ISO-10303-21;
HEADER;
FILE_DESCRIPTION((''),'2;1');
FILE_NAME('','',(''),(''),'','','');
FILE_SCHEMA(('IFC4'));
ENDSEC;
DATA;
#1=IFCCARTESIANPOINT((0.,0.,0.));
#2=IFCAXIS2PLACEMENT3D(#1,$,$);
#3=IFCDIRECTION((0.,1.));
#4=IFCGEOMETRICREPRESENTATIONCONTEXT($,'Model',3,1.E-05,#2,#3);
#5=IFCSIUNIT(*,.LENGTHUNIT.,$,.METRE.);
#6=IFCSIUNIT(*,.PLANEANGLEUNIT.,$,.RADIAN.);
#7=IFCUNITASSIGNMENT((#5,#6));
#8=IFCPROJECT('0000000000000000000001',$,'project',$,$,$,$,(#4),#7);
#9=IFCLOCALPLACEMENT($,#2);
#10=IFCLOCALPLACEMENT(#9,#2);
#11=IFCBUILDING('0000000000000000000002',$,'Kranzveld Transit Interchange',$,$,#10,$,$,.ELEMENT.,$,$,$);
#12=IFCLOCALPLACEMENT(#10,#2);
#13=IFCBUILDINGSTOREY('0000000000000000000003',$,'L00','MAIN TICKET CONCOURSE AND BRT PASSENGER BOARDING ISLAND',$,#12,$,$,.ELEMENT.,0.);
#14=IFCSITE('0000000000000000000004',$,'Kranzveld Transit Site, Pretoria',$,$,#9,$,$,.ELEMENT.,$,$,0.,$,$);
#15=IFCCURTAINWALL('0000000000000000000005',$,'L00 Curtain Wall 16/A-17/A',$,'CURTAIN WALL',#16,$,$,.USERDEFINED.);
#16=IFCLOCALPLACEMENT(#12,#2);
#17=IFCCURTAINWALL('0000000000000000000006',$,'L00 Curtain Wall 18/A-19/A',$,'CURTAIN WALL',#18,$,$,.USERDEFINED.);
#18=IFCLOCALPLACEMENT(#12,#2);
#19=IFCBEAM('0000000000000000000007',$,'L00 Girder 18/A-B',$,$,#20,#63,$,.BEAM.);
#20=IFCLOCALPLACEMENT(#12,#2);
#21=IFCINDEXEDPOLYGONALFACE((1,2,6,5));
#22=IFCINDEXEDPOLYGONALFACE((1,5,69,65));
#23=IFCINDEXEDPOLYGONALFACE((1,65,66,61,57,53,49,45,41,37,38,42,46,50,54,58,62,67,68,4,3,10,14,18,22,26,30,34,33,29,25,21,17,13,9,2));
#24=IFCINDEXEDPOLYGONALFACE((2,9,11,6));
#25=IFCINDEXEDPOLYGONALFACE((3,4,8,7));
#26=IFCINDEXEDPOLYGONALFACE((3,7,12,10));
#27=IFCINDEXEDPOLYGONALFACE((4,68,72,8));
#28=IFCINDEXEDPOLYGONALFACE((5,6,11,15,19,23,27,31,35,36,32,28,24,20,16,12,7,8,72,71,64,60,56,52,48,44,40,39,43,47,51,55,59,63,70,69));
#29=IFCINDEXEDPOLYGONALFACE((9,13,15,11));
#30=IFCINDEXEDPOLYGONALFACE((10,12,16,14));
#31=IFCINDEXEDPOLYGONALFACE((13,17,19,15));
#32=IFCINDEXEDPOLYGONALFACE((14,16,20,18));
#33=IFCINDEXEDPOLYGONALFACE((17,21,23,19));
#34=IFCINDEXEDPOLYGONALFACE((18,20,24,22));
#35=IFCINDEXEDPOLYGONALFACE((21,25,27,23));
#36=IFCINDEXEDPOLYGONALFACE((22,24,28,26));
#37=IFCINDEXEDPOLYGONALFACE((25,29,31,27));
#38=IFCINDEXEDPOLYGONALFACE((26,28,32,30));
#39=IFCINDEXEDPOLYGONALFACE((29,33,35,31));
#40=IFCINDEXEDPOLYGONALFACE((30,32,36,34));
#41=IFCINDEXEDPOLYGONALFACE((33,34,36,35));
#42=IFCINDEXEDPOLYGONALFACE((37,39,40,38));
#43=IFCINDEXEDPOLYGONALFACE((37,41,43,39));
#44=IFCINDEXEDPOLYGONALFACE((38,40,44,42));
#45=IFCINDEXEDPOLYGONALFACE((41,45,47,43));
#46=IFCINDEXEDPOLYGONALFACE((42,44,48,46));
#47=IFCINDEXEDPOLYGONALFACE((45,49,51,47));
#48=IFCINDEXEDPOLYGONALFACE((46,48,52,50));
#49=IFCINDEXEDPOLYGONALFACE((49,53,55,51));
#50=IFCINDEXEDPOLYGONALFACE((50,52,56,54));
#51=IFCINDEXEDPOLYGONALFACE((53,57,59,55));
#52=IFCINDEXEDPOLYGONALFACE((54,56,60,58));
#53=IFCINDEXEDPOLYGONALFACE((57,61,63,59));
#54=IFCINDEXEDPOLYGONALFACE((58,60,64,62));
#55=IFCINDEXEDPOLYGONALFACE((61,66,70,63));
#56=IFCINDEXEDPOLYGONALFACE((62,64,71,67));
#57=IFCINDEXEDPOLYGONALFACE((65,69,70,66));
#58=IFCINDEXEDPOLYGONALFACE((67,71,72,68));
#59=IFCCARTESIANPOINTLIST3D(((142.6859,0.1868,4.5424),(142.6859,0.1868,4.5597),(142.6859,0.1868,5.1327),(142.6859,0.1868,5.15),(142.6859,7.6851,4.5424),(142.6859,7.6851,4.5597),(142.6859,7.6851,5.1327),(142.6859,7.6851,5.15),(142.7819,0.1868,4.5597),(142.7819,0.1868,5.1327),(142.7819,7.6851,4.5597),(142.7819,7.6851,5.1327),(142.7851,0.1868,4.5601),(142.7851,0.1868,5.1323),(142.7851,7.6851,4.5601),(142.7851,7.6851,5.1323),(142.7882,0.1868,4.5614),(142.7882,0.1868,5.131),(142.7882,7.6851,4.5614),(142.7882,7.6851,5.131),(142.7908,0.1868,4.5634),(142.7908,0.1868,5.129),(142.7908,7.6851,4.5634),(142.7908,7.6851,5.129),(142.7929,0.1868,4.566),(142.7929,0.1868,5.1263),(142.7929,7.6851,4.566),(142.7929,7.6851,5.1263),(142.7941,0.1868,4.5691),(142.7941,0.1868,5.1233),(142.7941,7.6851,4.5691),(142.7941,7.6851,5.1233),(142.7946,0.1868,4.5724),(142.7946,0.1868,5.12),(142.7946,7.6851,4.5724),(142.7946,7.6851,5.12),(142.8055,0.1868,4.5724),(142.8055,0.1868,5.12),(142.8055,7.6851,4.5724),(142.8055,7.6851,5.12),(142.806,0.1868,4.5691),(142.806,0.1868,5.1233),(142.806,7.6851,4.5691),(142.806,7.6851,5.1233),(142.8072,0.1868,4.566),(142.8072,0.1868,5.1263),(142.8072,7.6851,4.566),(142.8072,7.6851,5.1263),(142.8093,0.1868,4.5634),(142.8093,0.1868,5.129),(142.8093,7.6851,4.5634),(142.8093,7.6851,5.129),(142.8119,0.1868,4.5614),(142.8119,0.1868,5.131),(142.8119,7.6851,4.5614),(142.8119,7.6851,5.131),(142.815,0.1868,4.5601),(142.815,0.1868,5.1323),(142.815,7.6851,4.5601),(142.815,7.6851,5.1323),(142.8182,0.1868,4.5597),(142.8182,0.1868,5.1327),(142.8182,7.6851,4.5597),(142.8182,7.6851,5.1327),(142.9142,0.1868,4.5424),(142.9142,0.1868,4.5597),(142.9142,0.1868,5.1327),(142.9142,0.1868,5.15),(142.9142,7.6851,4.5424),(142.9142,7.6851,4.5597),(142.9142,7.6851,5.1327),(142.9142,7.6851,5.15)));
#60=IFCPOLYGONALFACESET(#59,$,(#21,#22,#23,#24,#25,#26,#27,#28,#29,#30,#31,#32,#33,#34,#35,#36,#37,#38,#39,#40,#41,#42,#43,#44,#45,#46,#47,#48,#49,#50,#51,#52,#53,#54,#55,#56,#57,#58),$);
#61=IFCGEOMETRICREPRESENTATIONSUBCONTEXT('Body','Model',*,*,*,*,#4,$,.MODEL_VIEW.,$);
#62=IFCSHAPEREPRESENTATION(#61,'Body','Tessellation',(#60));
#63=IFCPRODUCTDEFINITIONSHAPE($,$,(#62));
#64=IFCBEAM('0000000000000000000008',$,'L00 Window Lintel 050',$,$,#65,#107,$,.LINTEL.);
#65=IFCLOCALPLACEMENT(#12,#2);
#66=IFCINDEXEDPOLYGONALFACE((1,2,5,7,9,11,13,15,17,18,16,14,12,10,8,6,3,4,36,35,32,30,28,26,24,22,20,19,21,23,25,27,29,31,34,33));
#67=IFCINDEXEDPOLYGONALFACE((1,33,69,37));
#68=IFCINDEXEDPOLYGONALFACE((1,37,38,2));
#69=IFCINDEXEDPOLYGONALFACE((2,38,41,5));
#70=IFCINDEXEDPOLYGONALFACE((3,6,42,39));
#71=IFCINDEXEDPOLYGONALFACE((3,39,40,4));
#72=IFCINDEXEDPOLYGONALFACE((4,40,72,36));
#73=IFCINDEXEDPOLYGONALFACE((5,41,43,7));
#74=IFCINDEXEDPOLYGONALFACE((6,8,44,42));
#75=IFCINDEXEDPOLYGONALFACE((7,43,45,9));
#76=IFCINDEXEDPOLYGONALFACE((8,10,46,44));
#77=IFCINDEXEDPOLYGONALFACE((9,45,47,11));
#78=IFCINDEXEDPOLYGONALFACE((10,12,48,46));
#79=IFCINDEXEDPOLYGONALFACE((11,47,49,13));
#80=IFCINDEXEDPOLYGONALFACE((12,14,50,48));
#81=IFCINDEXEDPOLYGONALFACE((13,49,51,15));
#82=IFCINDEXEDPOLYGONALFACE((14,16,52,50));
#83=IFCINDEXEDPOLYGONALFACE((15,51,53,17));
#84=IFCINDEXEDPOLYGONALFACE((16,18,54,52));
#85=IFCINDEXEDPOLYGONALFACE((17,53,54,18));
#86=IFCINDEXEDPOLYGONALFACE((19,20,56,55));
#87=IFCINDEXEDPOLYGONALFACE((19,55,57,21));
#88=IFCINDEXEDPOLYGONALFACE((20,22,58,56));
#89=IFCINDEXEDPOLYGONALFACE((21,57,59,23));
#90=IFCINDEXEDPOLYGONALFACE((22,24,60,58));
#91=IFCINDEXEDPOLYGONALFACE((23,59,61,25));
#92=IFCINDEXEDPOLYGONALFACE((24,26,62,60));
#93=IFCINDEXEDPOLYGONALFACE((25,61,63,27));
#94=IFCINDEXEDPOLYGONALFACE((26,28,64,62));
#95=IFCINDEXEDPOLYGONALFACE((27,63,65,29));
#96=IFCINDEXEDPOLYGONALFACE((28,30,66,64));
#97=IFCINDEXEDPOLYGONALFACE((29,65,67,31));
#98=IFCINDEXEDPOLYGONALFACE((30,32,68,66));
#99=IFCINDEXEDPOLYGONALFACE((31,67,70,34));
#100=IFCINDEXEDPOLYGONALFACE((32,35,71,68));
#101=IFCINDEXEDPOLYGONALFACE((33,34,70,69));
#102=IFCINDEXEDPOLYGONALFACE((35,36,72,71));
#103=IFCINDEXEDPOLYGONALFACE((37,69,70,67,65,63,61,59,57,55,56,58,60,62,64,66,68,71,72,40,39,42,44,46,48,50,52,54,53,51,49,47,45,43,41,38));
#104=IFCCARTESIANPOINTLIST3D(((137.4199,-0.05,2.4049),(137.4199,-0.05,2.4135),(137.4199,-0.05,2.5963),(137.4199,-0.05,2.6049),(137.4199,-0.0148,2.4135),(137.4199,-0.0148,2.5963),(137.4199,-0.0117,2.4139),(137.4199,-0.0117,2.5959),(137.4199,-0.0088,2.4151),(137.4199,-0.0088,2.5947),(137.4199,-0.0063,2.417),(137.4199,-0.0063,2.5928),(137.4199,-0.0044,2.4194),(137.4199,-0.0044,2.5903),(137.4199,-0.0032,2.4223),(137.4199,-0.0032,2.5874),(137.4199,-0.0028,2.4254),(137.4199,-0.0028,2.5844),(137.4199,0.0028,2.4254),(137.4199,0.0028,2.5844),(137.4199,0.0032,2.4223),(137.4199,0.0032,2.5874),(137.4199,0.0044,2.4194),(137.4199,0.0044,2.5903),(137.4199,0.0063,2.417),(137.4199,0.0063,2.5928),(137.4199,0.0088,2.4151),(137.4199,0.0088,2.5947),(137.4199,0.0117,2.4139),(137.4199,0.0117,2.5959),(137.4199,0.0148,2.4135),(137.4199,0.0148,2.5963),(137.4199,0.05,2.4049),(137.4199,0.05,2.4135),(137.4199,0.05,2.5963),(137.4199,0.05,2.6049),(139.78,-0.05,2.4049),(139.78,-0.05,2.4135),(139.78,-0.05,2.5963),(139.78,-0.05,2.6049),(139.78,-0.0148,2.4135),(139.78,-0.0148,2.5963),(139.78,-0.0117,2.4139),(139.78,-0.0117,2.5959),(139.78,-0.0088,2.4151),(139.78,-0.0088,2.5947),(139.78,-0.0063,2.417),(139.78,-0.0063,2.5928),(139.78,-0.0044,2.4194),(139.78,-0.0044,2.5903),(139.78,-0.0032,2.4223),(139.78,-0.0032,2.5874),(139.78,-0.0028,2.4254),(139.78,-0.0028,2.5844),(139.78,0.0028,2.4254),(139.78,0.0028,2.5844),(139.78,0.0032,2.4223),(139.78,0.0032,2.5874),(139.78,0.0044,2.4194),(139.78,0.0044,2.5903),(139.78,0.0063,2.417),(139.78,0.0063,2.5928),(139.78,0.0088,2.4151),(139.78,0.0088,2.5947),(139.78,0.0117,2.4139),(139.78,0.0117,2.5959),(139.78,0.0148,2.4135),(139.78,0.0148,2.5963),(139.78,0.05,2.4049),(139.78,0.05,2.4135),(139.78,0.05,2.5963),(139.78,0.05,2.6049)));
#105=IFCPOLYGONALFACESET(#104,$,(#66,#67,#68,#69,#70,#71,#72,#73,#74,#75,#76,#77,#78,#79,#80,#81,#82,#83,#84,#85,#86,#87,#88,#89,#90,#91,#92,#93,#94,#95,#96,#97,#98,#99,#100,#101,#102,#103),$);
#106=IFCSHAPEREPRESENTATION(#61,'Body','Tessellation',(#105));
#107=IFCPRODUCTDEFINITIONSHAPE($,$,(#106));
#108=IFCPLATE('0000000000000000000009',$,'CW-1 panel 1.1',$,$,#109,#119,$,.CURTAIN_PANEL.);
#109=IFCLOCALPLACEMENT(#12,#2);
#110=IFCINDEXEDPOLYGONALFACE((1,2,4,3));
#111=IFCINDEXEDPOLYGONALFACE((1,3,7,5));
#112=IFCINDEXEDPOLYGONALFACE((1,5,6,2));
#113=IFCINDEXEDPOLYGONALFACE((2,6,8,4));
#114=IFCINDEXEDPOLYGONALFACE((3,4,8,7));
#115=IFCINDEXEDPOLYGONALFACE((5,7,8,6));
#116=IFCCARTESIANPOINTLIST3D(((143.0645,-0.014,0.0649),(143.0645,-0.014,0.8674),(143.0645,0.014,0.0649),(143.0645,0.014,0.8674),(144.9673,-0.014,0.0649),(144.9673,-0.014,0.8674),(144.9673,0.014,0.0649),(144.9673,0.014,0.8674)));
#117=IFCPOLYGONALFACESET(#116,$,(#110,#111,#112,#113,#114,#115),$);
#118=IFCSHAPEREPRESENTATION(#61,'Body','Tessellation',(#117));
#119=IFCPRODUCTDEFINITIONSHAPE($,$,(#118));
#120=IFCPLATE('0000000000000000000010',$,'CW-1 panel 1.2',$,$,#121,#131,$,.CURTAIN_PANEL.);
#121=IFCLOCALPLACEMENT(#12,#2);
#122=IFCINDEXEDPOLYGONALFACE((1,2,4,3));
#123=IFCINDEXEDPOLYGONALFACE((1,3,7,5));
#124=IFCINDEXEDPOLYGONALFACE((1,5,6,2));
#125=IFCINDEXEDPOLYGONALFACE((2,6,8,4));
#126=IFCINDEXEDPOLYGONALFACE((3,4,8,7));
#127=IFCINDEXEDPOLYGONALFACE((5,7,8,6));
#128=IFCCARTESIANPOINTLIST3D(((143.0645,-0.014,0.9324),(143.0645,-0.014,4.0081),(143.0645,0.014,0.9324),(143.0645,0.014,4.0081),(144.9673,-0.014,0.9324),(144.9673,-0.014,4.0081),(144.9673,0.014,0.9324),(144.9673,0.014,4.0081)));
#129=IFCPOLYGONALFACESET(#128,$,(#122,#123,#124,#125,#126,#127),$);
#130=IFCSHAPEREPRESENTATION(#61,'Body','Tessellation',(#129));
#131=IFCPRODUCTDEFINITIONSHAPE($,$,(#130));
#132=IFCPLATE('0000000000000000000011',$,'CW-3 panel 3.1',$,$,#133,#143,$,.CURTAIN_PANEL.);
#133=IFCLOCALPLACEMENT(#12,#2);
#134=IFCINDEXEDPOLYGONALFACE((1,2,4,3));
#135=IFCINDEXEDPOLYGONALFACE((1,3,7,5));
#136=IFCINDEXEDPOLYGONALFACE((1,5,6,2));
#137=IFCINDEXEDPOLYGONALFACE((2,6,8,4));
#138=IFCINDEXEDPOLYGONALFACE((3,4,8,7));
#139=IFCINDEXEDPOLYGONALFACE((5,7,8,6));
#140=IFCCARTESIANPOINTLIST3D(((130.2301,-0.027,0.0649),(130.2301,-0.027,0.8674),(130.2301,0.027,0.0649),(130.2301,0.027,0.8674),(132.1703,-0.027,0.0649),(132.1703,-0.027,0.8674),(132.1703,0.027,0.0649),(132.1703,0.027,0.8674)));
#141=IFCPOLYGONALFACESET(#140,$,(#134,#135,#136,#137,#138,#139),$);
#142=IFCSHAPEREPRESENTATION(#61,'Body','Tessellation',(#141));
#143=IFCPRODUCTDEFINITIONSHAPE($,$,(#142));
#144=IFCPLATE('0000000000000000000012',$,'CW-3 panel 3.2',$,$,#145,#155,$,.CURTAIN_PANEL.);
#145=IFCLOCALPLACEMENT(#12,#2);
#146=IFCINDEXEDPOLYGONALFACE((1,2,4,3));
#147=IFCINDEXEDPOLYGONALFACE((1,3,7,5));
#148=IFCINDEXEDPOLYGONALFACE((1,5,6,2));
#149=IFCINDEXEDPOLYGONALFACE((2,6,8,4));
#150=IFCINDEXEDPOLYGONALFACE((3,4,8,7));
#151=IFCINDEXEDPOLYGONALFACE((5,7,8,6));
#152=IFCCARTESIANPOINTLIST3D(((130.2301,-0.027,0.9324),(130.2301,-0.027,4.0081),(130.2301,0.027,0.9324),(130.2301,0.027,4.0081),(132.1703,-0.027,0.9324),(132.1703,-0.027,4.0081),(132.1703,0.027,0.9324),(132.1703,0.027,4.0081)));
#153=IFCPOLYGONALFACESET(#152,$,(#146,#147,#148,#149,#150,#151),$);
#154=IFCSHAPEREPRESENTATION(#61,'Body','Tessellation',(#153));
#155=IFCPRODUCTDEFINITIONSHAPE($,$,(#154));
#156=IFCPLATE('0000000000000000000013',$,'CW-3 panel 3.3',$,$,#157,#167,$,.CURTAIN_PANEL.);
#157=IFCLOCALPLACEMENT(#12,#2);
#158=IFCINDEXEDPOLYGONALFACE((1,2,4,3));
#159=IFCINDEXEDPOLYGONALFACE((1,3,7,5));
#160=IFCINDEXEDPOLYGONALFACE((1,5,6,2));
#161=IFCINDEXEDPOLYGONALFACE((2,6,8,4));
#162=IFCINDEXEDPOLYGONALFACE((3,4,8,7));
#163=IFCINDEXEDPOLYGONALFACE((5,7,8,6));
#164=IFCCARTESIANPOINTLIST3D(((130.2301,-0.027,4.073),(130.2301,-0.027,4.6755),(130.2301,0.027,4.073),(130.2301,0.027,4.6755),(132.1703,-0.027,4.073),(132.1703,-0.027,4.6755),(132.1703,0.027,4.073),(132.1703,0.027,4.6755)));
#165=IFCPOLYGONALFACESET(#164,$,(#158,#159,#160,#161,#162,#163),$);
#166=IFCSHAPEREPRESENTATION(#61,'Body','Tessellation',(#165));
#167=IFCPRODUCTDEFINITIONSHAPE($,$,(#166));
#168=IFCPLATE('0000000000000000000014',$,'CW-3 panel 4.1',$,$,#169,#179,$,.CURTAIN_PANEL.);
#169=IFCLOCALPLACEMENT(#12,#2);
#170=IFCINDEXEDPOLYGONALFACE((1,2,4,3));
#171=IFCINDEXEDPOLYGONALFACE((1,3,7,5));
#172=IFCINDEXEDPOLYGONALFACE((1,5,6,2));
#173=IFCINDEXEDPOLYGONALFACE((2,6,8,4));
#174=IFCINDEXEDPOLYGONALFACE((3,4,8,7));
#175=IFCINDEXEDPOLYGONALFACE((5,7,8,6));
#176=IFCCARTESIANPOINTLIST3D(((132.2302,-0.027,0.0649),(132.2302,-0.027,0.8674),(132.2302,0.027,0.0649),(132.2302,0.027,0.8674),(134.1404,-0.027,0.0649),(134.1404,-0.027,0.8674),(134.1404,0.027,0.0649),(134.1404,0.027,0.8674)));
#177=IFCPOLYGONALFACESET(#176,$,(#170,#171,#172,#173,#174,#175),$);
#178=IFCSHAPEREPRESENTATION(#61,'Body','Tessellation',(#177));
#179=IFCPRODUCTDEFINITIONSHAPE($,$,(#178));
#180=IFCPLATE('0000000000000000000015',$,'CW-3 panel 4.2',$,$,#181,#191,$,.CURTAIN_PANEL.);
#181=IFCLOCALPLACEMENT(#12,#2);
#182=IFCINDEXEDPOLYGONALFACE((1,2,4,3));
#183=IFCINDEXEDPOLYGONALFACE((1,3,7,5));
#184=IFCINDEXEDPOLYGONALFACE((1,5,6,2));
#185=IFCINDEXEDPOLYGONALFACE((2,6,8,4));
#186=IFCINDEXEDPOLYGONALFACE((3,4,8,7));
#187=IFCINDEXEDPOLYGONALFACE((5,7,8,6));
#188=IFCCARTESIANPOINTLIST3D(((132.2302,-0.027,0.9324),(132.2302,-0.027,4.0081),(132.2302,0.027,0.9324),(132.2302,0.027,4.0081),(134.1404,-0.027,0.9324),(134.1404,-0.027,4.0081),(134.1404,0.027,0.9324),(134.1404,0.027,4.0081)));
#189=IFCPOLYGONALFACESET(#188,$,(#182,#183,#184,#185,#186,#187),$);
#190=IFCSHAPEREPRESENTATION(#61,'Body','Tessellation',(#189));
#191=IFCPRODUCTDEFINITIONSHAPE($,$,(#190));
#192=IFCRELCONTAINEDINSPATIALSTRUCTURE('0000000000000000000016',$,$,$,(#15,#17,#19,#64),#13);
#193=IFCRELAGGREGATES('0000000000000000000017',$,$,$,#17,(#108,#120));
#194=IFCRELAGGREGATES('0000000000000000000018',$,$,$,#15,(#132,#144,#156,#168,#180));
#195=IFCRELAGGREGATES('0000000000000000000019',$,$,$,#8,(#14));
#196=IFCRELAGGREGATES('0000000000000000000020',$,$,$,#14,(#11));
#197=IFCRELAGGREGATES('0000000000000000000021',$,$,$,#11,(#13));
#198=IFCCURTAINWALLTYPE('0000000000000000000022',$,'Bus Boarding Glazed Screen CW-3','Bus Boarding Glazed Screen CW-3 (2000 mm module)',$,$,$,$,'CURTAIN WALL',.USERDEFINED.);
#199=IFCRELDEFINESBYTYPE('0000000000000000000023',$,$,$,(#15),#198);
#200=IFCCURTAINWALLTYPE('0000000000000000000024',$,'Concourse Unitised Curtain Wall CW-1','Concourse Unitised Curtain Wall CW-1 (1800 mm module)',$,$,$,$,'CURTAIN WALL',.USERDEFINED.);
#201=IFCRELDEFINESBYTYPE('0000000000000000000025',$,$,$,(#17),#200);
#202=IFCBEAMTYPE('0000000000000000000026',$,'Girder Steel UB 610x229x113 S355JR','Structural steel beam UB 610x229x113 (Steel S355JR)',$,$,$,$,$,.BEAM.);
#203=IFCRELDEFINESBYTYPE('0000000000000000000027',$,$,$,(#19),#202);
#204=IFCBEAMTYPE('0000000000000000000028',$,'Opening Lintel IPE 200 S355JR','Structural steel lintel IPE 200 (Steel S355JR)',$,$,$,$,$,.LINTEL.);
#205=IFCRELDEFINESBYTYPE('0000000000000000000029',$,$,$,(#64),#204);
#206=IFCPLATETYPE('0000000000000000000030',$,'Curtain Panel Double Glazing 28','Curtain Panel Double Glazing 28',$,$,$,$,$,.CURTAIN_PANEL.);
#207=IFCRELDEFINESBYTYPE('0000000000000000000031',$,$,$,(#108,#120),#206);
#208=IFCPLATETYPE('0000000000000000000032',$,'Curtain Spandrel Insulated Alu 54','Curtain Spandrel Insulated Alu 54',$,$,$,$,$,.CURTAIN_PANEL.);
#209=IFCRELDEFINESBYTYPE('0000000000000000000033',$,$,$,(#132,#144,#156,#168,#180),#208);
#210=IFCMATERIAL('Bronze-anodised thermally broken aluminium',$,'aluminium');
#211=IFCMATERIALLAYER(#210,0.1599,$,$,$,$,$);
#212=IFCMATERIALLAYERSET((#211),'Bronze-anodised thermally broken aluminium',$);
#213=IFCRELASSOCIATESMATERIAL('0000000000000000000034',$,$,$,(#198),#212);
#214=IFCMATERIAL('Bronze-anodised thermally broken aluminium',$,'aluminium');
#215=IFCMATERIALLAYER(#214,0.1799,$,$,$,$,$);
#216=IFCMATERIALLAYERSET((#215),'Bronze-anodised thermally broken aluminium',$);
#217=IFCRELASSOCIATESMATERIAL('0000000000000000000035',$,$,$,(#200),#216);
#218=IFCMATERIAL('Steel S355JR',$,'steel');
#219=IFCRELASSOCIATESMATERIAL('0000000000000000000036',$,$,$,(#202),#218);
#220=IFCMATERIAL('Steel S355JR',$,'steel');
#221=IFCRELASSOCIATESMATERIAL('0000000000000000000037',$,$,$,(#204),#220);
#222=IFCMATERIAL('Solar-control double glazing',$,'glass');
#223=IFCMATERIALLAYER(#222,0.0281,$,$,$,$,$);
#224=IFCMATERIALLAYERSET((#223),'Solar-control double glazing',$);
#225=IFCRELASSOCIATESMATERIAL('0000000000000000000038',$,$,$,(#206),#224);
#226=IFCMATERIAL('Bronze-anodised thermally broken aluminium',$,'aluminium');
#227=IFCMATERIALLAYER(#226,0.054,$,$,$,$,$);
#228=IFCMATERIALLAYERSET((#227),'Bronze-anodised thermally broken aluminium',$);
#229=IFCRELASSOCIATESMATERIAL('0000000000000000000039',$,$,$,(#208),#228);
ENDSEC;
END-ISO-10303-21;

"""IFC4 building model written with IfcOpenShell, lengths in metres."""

from ifc_helpers import new_model, si_unit, direction, frame, origin, origin_2d, place, context, subcontext, project, spatial, rectangle, i_section, extrude, material, layer, layer_set, material_profile, profile_set, type_object, element, aggregate, save


model = new_model("IFC4")

# Units and contexts
model_context = context("Model", 3, precision=1e-05, world=origin(), true_north=direction((0.0, 1.0)))
body_context = subcontext(model_context, "Body", "Model", "MODEL_VIEW")
ifc_project = project(units=[si_unit("LENGTHUNIT", "METRE"), si_unit("PLANEANGLEUNIT", "RADIAN")], contexts=[model_context])

# Site, building, storey
site_placement = place(None, origin())
site = spatial("IfcSite", under=ifc_project, at=site_placement, Name="Kranzveld Transit Site, Pretoria", CompositionType="ELEMENT", RefElevation=0.0)
building_placement = place(site_placement, origin())
building = spatial("IfcBuilding", under=site, at=building_placement, Name="Kranzveld Transit Interchange", CompositionType="ELEMENT")
storey_placement = place(building_placement, origin())
storey = spatial("IfcBuildingStorey", under=building, at=storey_placement, Name="L00", Description="MAIN TICKET CONCOURSE AND BRT PASSENGER BOARDING ISLAND", CompositionType="ELEMENT", Elevation=0.0)

# Curtain wall
ifc_material_1 = material(Name="Bronze-anodised thermally broken aluminium", Category="aluminium")
ifc_layer_1 = layer(ifc_material_1, 0.1599)
ifc_layer_set_1 = layer_set([ifc_layer_1], Name="Bronze-anodised thermally broken aluminium")
curtain_wall_type_1 = type_object("IfcCurtainWallType", Name="Bus Boarding Glazed Screen CW-3", Description="Bus Boarding Glazed Screen CW-3 (2000 mm module)", ElementType="CURTAIN WALL", PredefinedType="USERDEFINED", material=ifc_layer_set_1)
curtain_wall_1_placement = place(storey_placement, origin())
curtain_wall_1 = element("IfcCurtainWall", 1, at=curtain_wall_1_placement, inside=storey, type_object=curtain_wall_type_1, Name="L00 Curtain Wall 16/A-17/A", ObjectType="CURTAIN WALL", PredefinedType="USERDEFINED")

# Curtain wall
ifc_material_2 = material(Name="Bronze-anodised thermally broken aluminium", Category="aluminium")
ifc_layer_2 = layer(ifc_material_2, 0.1799)
ifc_layer_set_2 = layer_set([ifc_layer_2], Name="Bronze-anodised thermally broken aluminium")
curtain_wall_type_2 = type_object("IfcCurtainWallType", Name="Concourse Unitised Curtain Wall CW-1", Description="Concourse Unitised Curtain Wall CW-1 (1800 mm module)", ElementType="CURTAIN WALL", PredefinedType="USERDEFINED", material=ifc_layer_set_2)
curtain_wall_2_placement = place(storey_placement, origin())
curtain_wall_2 = element("IfcCurtainWall", 2, at=curtain_wall_2_placement, inside=storey, type_object=curtain_wall_type_2, Name="L00 Curtain Wall 18/A-19/A", ObjectType="CURTAIN WALL", PredefinedType="USERDEFINED")

# Beams
ifc_material_3 = material(Name="Steel S355JR", Category="steel")
ifc_material_profile_1 = material_profile(ifc_material_3, i_section(OverallWidth=0.2283, OverallDepth=0.6077, WebThickness=0.011, FlangeThickness=0.0173, FilletRadius=0.0127, at=origin_2d()), Name="UB 610x229x113")
ifc_profile_set_1 = profile_set([ifc_material_profile_1], Name="Steel S355JR")
beam_type_1 = type_object("IfcBeamType", Name="Girder Steel UB 610x229x113 S355JR", Description="Structural steel beam UB 610x229x113 (Steel S355JR)", PredefinedType="BEAM", material=ifc_profile_set_1)
for number, where, z_axis, x_axis, name in (
    (3, (142.8, 0.1868, 4.8462), (0.0, 1.0, 0.0), (-1.0, 0.0, 0.0), "L00 Girder 18/A-B"),
):
    element("IfcBeam", number, at=place(storey_placement, frame(where, z_axis=z_axis, x_axis=x_axis)), inside=storey, type_object=beam_type_1, Name=name, PredefinedType="BEAM", context=body_context, shape_type="SweptSolid", body=[
        extrude(i_section(OverallWidth=0.2283, OverallDepth=0.6077, WebThickness=0.011, FlangeThickness=0.0173, FilletRadius=0.0127, at=origin_2d()), origin(), (0.0, 0.0, 1.0), 7.4983),
    ])
ifc_material_4 = material(Name="Steel S355JR", Category="steel")
ifc_material_profile_2 = material_profile(ifc_material_4, i_section(OverallWidth=0.1001, OverallDepth=0.2, WebThickness=0.0056, FlangeThickness=0.0085, FilletRadius=0.012, at=origin_2d()), Name="IPE 200")
ifc_profile_set_2 = profile_set([ifc_material_profile_2], Name="Steel S355JR")
beam_type_2 = type_object("IfcBeamType", Name="Opening Lintel IPE 200 S355JR", Description="Structural steel lintel IPE 200 (Steel S355JR)", PredefinedType="LINTEL", material=ifc_profile_set_2)
beam_1_placement = place(storey_placement, frame((137.4199, 0.0, 2.5049), z_axis=(1.0, 0.0, 0.0), x_axis=(0.0, 1.0, 0.0)))
element("IfcBeam", 4, at=beam_1_placement, inside=storey, type_object=beam_type_2, Name="L00 Window Lintel 050", PredefinedType="LINTEL", context=body_context, shape_type="SweptSolid", body=[
    extrude(i_section(OverallWidth=0.1001, OverallDepth=0.2, WebThickness=0.0056, FlangeThickness=0.0085, FilletRadius=0.012, at=origin_2d()), origin(), (0.0, 0.0, 1.0), 2.3601),
])

# Plates
ifc_material_5 = material(Name="Solar-control double glazing", Category="glass")
ifc_layer_3 = layer(ifc_material_5, 0.0281)
ifc_layer_set_3 = layer_set([ifc_layer_3], Name="Solar-control double glazing")
plate_type_1 = type_object("IfcPlateType", Name="Curtain Panel Double Glazing 28", Description="Curtain Panel Double Glazing 28", PredefinedType="CURTAIN_PANEL", material=ifc_layer_set_3)
plate_1_placement = place(storey_placement, frame((144.0159, 0.0, 0.0649), z_axis=(0.0, 0.0, 1.0), x_axis=(1.0, 0.0, 0.0)))
plate_1 = element("IfcPlate", 5, at=plate_1_placement, type_object=plate_type_1, Name="CW-1 panel 1.1", PredefinedType="CURTAIN_PANEL", context=body_context, shape_type="SweptSolid", body=[
    extrude(rectangle(XDim=1.9028, YDim=0.0281, at=origin_2d()), origin(), (0.0, 0.0, 1.0), 0.8025),
])
plate_2_placement = place(storey_placement, frame((144.0159, 0.0, 0.9324), z_axis=(0.0, 0.0, 1.0), x_axis=(1.0, 0.0, 0.0)))
plate_2 = element("IfcPlate", 6, at=plate_2_placement, type_object=plate_type_1, Name="CW-1 panel 1.2", PredefinedType="CURTAIN_PANEL", context=body_context, shape_type="SweptSolid", body=[
    extrude(rectangle(XDim=1.9028, YDim=0.0281, at=origin_2d()), origin(), (0.0, 0.0, 1.0), 3.0757),
])
aggregate(curtain_wall_2, [plate_1, plate_2])
ifc_material_6 = material(Name="Bronze-anodised thermally broken aluminium", Category="aluminium")
ifc_layer_4 = layer(ifc_material_6, 0.054)
ifc_layer_set_4 = layer_set([ifc_layer_4], Name="Bronze-anodised thermally broken aluminium")
plate_type_2 = type_object("IfcPlateType", Name="Curtain Spandrel Insulated Alu 54", Description="Curtain Spandrel Insulated Alu 54", PredefinedType="CURTAIN_PANEL", material=ifc_layer_set_4)
plate_3_placement = place(storey_placement, frame((131.2002, 0.0, 0.0649), z_axis=(0.0, 0.0, 1.0), x_axis=(1.0, 0.0, 0.0)))
plate_3 = element("IfcPlate", 7, at=plate_3_placement, type_object=plate_type_2, Name="CW-3 panel 3.1", PredefinedType="CURTAIN_PANEL", context=body_context, shape_type="SweptSolid", body=[
    extrude(rectangle(XDim=1.9402, YDim=0.054, at=origin_2d()), origin(), (0.0, 0.0, 1.0), 0.8025),
])
plate_4_placement = place(storey_placement, frame((131.2002, 0.0, 0.9324), z_axis=(0.0, 0.0, 1.0), x_axis=(1.0, 0.0, 0.0)))
plate_4 = element("IfcPlate", 8, at=plate_4_placement, type_object=plate_type_2, Name="CW-3 panel 3.2", PredefinedType="CURTAIN_PANEL", context=body_context, shape_type="SweptSolid", body=[
    extrude(rectangle(XDim=1.9402, YDim=0.054, at=origin_2d()), origin(), (0.0, 0.0, 1.0), 3.0757),
])
plate_5_placement = place(storey_placement, frame((131.2002, 0.0, 4.073), z_axis=(0.0, 0.0, 1.0), x_axis=(1.0, 0.0, 0.0)))
plate_5 = element("IfcPlate", 9, at=plate_5_placement, type_object=plate_type_2, Name="CW-3 panel 3.3", PredefinedType="CURTAIN_PANEL", context=body_context, shape_type="SweptSolid", body=[
    extrude(rectangle(XDim=1.9402, YDim=0.054, at=origin_2d()), origin(), (0.0, 0.0, 1.0), 0.6025),
])
plate_6_placement = place(storey_placement, frame((133.1853, 0.0, 0.0649), z_axis=(0.0, 0.0, 1.0), x_axis=(1.0, 0.0, 0.0)))
plate_6 = element("IfcPlate", 10, at=plate_6_placement, type_object=plate_type_2, Name="CW-3 panel 4.1", PredefinedType="CURTAIN_PANEL", context=body_context, shape_type="SweptSolid", body=[
    extrude(rectangle(XDim=1.9102, YDim=0.054, at=origin_2d()), origin(), (0.0, 0.0, 1.0), 0.8025),
])
plate_7_placement = place(storey_placement, frame((133.1853, 0.0, 0.9324), z_axis=(0.0, 0.0, 1.0), x_axis=(1.0, 0.0, 0.0)))
plate_7 = element("IfcPlate", 11, at=plate_7_placement, type_object=plate_type_2, Name="CW-3 panel 4.2", PredefinedType="CURTAIN_PANEL", context=body_context, shape_type="SweptSolid", body=[
    extrude(rectangle(XDim=1.9102, YDim=0.054, at=origin_2d()), origin(), (0.0, 0.0, 1.0), 3.0757),
])
aggregate(curtain_wall_1, [plate_3, plate_4, plate_5, plate_6, plate_7])

save(model, "model.ifc")
